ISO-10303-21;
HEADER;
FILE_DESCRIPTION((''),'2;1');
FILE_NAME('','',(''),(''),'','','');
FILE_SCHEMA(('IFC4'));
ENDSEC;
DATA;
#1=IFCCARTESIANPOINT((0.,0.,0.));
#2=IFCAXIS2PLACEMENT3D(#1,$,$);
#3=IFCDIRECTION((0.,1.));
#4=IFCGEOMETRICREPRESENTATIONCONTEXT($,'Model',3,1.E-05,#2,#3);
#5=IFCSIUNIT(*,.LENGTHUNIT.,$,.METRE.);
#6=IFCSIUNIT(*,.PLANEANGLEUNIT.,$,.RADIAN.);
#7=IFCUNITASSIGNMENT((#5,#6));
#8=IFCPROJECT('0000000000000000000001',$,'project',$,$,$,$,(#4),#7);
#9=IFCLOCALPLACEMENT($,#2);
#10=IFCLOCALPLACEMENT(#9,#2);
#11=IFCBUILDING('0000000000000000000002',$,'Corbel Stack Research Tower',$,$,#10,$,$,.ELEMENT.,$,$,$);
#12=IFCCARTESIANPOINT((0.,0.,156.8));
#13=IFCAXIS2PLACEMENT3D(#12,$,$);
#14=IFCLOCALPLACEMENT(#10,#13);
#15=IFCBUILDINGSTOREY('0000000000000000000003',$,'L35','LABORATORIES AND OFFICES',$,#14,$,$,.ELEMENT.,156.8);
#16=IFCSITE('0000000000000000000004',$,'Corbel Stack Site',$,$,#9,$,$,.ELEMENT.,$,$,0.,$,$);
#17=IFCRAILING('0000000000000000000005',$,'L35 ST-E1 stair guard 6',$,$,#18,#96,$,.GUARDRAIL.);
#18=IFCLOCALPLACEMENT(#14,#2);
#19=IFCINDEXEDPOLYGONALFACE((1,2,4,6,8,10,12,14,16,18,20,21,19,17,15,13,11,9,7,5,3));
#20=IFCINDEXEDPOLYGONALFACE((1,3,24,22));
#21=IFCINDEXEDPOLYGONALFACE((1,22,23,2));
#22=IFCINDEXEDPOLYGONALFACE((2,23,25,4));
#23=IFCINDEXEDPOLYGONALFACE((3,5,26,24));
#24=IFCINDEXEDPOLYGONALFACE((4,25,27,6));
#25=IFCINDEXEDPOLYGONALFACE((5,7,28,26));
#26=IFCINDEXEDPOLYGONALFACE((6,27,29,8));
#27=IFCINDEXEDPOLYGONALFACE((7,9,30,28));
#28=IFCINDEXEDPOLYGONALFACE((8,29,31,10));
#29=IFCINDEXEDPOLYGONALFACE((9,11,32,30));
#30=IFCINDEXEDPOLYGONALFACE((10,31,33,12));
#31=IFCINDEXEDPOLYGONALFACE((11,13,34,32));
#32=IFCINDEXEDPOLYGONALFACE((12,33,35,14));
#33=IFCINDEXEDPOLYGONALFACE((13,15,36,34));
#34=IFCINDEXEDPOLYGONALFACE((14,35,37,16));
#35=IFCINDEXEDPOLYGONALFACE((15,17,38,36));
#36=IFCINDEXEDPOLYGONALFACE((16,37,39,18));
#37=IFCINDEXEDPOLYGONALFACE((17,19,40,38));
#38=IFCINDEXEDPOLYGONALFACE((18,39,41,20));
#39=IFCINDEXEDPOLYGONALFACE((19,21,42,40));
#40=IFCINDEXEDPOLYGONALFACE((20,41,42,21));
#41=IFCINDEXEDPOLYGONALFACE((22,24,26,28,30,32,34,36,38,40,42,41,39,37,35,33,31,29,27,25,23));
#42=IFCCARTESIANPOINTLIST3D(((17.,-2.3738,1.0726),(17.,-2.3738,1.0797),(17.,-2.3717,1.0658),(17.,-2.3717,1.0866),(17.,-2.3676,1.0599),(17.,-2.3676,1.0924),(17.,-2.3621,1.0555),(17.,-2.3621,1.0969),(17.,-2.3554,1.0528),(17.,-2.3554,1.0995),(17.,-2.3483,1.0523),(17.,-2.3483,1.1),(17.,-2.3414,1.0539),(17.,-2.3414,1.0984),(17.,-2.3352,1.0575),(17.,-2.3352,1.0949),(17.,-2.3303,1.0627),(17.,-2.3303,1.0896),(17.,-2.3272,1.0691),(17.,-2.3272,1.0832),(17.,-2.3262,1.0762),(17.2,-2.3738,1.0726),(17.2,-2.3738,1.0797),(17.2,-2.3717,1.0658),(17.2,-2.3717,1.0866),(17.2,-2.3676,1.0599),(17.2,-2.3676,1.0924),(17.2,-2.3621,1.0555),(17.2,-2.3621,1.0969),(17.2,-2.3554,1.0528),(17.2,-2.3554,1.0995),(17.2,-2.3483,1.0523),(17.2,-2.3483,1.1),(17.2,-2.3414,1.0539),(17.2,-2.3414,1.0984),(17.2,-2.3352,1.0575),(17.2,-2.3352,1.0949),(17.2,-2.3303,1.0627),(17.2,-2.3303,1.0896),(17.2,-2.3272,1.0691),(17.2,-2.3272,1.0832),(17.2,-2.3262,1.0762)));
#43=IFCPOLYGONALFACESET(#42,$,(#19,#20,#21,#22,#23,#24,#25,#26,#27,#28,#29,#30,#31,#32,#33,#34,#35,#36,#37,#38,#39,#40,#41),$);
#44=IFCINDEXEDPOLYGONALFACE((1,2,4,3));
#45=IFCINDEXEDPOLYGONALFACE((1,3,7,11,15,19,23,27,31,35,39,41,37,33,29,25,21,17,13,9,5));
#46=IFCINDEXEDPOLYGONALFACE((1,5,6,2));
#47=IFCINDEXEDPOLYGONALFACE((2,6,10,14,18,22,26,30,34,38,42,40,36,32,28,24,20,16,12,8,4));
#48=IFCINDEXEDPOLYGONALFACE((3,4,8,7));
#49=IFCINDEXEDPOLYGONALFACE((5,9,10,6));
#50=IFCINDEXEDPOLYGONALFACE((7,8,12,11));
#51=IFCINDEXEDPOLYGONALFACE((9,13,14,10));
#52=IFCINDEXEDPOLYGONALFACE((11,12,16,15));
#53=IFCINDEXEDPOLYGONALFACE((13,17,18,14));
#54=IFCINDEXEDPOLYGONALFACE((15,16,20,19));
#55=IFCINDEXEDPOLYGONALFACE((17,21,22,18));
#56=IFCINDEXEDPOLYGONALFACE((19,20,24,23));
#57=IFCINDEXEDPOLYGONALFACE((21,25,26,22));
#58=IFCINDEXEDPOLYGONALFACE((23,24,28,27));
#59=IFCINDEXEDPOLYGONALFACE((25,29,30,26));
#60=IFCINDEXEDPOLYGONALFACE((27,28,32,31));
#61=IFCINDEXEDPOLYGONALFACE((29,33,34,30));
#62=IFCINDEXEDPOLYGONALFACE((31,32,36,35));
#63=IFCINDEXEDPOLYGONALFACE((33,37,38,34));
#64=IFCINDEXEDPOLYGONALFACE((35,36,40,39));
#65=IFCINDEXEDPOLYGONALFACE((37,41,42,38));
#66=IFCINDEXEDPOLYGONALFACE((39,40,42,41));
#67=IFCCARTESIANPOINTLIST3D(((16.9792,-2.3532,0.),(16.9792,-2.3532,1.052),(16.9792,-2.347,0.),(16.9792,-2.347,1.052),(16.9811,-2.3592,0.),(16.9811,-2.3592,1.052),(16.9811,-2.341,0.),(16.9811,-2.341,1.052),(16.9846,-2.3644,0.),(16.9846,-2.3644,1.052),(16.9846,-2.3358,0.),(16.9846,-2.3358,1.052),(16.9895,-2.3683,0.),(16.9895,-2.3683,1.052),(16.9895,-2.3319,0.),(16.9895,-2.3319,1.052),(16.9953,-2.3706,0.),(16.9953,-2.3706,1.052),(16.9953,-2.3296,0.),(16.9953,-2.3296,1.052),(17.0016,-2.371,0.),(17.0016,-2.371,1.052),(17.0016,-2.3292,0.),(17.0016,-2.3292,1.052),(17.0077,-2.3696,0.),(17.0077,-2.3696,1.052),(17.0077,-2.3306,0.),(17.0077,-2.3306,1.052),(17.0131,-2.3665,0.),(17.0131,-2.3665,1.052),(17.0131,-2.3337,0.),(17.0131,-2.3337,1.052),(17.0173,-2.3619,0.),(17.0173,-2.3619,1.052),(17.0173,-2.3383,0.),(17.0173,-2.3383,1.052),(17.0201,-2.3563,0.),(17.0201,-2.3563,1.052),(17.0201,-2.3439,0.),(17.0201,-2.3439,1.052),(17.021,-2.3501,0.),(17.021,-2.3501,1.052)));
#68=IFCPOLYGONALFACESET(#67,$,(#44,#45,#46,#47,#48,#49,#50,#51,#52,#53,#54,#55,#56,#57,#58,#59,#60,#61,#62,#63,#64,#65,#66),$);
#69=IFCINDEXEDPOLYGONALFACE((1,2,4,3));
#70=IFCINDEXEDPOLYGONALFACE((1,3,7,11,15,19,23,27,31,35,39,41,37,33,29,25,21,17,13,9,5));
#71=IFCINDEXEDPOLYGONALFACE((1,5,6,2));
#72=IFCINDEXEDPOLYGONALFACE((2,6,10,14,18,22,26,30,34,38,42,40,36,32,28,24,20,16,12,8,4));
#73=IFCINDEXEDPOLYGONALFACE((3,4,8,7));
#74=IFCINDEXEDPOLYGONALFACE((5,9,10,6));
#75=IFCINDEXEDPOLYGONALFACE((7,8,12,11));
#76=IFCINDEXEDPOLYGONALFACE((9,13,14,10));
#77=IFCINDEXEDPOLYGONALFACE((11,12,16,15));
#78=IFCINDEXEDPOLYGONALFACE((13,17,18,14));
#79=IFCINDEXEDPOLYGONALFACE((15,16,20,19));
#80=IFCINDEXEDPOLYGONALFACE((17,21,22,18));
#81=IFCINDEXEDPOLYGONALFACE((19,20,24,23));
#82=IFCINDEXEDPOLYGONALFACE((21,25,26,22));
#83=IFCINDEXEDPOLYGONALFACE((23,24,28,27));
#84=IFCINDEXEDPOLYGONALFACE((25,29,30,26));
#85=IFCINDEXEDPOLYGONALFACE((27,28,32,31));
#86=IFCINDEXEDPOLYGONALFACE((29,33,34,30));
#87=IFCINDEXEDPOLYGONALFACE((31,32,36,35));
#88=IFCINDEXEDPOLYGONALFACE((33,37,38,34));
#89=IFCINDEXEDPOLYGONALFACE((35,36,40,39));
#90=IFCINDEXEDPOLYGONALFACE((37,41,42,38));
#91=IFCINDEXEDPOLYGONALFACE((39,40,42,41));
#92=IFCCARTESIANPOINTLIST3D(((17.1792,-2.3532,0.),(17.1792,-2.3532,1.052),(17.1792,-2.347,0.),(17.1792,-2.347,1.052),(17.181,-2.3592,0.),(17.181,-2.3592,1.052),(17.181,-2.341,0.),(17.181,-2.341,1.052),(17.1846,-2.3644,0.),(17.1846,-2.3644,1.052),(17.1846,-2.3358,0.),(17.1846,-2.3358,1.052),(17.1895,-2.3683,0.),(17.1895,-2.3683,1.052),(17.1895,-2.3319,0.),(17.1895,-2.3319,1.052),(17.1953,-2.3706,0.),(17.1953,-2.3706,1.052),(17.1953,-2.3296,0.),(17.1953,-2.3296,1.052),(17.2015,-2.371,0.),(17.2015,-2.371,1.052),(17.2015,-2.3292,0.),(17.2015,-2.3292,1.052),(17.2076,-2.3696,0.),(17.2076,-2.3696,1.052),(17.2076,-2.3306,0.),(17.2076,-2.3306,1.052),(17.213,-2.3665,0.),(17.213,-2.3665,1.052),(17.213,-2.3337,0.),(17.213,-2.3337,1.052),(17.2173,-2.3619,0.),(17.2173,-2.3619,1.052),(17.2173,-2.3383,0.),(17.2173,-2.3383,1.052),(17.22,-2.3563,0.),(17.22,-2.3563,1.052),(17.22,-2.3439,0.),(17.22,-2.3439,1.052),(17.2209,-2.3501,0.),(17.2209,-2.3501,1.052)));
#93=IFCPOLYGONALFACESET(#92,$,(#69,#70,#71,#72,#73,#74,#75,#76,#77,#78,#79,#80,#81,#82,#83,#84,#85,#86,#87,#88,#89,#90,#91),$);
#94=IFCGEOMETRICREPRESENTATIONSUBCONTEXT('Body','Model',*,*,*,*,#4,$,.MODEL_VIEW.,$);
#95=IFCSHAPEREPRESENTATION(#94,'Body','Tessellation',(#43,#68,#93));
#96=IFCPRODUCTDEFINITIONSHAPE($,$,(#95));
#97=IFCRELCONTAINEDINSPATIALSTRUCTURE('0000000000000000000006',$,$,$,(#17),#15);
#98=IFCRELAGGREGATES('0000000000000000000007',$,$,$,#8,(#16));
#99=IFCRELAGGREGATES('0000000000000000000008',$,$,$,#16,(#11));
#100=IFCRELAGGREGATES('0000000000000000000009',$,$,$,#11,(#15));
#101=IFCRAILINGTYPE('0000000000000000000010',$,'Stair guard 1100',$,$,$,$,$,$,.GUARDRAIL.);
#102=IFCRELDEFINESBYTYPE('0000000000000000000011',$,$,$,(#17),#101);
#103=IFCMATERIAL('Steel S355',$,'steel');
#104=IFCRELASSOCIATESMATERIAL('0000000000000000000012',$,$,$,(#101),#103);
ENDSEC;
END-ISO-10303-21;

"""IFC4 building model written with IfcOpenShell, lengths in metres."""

from ifc_helpers import new_model, si_unit, direction, frame, origin, origin_2d, place, context, subcontext, project, spatial, circle, extrude, material, type_object, element, save


model = new_model("IFC4")

# Units and contexts
model_context = context("Model", 3, precision=1e-05, world=origin(), true_north=direction((0.0, 1.0)))
body_context = subcontext(model_context, "Body", "Model", "MODEL_VIEW")
ifc_project = project(units=[si_unit("LENGTHUNIT", "METRE"), si_unit("PLANEANGLEUNIT", "RADIAN")], contexts=[model_context])

# Site, building, storey
site_placement = place(None, origin())
site = spatial("IfcSite", under=ifc_project, at=site_placement, Name="Corbel Stack Site", CompositionType="ELEMENT", RefElevation=0.0)
building_placement = place(site_placement, origin())
building = spatial("IfcBuilding", under=site, at=building_placement, Name="Corbel Stack Research Tower", CompositionType="ELEMENT")
storey_placement = place(building_placement, frame((0.0, 0.0, 156.8)))
storey = spatial("IfcBuildingStorey", under=building, at=storey_placement, Name="L35", Description="LABORATORIES AND OFFICES", CompositionType="ELEMENT", Elevation=156.8)

# Railing
ifc_material_1 = material(Name="Steel S355", Category="steel")
railing_type_1 = type_object("IfcRailingType", Name="Stair guard 1100", PredefinedType="GUARDRAIL", material=ifc_material_1)
railing_1_placement = place(storey_placement, frame((17.0, -2.3501, 0.0)))
element("IfcRailing", 1, at=railing_1_placement, inside=storey, type_object=railing_type_1, Name="L35 ST-E1 stair guard 6", PredefinedType="GUARDRAIL", context=body_context, shape_type="SweptSolid", body=[
    extrude(circle(Radius=0.0239, at=origin_2d()), frame((0.0, 0.0, 1.0762), z_axis=(1.0, 0.0, 0.0), x_axis=(0.0, 1.0, 0.0)), (0.0, 0.0, 1.0), 0.2),
    extrude(circle(Radius=0.021, at=origin_2d()), origin(), (0.0, 0.0, 1.0), 1.052),
    extrude(circle(Radius=0.021, at=origin_2d()), frame((0.2, 0.0, 0.0)), (0.0, 0.0, 1.0), 1.052),
])

save(model, "model.ifc")
